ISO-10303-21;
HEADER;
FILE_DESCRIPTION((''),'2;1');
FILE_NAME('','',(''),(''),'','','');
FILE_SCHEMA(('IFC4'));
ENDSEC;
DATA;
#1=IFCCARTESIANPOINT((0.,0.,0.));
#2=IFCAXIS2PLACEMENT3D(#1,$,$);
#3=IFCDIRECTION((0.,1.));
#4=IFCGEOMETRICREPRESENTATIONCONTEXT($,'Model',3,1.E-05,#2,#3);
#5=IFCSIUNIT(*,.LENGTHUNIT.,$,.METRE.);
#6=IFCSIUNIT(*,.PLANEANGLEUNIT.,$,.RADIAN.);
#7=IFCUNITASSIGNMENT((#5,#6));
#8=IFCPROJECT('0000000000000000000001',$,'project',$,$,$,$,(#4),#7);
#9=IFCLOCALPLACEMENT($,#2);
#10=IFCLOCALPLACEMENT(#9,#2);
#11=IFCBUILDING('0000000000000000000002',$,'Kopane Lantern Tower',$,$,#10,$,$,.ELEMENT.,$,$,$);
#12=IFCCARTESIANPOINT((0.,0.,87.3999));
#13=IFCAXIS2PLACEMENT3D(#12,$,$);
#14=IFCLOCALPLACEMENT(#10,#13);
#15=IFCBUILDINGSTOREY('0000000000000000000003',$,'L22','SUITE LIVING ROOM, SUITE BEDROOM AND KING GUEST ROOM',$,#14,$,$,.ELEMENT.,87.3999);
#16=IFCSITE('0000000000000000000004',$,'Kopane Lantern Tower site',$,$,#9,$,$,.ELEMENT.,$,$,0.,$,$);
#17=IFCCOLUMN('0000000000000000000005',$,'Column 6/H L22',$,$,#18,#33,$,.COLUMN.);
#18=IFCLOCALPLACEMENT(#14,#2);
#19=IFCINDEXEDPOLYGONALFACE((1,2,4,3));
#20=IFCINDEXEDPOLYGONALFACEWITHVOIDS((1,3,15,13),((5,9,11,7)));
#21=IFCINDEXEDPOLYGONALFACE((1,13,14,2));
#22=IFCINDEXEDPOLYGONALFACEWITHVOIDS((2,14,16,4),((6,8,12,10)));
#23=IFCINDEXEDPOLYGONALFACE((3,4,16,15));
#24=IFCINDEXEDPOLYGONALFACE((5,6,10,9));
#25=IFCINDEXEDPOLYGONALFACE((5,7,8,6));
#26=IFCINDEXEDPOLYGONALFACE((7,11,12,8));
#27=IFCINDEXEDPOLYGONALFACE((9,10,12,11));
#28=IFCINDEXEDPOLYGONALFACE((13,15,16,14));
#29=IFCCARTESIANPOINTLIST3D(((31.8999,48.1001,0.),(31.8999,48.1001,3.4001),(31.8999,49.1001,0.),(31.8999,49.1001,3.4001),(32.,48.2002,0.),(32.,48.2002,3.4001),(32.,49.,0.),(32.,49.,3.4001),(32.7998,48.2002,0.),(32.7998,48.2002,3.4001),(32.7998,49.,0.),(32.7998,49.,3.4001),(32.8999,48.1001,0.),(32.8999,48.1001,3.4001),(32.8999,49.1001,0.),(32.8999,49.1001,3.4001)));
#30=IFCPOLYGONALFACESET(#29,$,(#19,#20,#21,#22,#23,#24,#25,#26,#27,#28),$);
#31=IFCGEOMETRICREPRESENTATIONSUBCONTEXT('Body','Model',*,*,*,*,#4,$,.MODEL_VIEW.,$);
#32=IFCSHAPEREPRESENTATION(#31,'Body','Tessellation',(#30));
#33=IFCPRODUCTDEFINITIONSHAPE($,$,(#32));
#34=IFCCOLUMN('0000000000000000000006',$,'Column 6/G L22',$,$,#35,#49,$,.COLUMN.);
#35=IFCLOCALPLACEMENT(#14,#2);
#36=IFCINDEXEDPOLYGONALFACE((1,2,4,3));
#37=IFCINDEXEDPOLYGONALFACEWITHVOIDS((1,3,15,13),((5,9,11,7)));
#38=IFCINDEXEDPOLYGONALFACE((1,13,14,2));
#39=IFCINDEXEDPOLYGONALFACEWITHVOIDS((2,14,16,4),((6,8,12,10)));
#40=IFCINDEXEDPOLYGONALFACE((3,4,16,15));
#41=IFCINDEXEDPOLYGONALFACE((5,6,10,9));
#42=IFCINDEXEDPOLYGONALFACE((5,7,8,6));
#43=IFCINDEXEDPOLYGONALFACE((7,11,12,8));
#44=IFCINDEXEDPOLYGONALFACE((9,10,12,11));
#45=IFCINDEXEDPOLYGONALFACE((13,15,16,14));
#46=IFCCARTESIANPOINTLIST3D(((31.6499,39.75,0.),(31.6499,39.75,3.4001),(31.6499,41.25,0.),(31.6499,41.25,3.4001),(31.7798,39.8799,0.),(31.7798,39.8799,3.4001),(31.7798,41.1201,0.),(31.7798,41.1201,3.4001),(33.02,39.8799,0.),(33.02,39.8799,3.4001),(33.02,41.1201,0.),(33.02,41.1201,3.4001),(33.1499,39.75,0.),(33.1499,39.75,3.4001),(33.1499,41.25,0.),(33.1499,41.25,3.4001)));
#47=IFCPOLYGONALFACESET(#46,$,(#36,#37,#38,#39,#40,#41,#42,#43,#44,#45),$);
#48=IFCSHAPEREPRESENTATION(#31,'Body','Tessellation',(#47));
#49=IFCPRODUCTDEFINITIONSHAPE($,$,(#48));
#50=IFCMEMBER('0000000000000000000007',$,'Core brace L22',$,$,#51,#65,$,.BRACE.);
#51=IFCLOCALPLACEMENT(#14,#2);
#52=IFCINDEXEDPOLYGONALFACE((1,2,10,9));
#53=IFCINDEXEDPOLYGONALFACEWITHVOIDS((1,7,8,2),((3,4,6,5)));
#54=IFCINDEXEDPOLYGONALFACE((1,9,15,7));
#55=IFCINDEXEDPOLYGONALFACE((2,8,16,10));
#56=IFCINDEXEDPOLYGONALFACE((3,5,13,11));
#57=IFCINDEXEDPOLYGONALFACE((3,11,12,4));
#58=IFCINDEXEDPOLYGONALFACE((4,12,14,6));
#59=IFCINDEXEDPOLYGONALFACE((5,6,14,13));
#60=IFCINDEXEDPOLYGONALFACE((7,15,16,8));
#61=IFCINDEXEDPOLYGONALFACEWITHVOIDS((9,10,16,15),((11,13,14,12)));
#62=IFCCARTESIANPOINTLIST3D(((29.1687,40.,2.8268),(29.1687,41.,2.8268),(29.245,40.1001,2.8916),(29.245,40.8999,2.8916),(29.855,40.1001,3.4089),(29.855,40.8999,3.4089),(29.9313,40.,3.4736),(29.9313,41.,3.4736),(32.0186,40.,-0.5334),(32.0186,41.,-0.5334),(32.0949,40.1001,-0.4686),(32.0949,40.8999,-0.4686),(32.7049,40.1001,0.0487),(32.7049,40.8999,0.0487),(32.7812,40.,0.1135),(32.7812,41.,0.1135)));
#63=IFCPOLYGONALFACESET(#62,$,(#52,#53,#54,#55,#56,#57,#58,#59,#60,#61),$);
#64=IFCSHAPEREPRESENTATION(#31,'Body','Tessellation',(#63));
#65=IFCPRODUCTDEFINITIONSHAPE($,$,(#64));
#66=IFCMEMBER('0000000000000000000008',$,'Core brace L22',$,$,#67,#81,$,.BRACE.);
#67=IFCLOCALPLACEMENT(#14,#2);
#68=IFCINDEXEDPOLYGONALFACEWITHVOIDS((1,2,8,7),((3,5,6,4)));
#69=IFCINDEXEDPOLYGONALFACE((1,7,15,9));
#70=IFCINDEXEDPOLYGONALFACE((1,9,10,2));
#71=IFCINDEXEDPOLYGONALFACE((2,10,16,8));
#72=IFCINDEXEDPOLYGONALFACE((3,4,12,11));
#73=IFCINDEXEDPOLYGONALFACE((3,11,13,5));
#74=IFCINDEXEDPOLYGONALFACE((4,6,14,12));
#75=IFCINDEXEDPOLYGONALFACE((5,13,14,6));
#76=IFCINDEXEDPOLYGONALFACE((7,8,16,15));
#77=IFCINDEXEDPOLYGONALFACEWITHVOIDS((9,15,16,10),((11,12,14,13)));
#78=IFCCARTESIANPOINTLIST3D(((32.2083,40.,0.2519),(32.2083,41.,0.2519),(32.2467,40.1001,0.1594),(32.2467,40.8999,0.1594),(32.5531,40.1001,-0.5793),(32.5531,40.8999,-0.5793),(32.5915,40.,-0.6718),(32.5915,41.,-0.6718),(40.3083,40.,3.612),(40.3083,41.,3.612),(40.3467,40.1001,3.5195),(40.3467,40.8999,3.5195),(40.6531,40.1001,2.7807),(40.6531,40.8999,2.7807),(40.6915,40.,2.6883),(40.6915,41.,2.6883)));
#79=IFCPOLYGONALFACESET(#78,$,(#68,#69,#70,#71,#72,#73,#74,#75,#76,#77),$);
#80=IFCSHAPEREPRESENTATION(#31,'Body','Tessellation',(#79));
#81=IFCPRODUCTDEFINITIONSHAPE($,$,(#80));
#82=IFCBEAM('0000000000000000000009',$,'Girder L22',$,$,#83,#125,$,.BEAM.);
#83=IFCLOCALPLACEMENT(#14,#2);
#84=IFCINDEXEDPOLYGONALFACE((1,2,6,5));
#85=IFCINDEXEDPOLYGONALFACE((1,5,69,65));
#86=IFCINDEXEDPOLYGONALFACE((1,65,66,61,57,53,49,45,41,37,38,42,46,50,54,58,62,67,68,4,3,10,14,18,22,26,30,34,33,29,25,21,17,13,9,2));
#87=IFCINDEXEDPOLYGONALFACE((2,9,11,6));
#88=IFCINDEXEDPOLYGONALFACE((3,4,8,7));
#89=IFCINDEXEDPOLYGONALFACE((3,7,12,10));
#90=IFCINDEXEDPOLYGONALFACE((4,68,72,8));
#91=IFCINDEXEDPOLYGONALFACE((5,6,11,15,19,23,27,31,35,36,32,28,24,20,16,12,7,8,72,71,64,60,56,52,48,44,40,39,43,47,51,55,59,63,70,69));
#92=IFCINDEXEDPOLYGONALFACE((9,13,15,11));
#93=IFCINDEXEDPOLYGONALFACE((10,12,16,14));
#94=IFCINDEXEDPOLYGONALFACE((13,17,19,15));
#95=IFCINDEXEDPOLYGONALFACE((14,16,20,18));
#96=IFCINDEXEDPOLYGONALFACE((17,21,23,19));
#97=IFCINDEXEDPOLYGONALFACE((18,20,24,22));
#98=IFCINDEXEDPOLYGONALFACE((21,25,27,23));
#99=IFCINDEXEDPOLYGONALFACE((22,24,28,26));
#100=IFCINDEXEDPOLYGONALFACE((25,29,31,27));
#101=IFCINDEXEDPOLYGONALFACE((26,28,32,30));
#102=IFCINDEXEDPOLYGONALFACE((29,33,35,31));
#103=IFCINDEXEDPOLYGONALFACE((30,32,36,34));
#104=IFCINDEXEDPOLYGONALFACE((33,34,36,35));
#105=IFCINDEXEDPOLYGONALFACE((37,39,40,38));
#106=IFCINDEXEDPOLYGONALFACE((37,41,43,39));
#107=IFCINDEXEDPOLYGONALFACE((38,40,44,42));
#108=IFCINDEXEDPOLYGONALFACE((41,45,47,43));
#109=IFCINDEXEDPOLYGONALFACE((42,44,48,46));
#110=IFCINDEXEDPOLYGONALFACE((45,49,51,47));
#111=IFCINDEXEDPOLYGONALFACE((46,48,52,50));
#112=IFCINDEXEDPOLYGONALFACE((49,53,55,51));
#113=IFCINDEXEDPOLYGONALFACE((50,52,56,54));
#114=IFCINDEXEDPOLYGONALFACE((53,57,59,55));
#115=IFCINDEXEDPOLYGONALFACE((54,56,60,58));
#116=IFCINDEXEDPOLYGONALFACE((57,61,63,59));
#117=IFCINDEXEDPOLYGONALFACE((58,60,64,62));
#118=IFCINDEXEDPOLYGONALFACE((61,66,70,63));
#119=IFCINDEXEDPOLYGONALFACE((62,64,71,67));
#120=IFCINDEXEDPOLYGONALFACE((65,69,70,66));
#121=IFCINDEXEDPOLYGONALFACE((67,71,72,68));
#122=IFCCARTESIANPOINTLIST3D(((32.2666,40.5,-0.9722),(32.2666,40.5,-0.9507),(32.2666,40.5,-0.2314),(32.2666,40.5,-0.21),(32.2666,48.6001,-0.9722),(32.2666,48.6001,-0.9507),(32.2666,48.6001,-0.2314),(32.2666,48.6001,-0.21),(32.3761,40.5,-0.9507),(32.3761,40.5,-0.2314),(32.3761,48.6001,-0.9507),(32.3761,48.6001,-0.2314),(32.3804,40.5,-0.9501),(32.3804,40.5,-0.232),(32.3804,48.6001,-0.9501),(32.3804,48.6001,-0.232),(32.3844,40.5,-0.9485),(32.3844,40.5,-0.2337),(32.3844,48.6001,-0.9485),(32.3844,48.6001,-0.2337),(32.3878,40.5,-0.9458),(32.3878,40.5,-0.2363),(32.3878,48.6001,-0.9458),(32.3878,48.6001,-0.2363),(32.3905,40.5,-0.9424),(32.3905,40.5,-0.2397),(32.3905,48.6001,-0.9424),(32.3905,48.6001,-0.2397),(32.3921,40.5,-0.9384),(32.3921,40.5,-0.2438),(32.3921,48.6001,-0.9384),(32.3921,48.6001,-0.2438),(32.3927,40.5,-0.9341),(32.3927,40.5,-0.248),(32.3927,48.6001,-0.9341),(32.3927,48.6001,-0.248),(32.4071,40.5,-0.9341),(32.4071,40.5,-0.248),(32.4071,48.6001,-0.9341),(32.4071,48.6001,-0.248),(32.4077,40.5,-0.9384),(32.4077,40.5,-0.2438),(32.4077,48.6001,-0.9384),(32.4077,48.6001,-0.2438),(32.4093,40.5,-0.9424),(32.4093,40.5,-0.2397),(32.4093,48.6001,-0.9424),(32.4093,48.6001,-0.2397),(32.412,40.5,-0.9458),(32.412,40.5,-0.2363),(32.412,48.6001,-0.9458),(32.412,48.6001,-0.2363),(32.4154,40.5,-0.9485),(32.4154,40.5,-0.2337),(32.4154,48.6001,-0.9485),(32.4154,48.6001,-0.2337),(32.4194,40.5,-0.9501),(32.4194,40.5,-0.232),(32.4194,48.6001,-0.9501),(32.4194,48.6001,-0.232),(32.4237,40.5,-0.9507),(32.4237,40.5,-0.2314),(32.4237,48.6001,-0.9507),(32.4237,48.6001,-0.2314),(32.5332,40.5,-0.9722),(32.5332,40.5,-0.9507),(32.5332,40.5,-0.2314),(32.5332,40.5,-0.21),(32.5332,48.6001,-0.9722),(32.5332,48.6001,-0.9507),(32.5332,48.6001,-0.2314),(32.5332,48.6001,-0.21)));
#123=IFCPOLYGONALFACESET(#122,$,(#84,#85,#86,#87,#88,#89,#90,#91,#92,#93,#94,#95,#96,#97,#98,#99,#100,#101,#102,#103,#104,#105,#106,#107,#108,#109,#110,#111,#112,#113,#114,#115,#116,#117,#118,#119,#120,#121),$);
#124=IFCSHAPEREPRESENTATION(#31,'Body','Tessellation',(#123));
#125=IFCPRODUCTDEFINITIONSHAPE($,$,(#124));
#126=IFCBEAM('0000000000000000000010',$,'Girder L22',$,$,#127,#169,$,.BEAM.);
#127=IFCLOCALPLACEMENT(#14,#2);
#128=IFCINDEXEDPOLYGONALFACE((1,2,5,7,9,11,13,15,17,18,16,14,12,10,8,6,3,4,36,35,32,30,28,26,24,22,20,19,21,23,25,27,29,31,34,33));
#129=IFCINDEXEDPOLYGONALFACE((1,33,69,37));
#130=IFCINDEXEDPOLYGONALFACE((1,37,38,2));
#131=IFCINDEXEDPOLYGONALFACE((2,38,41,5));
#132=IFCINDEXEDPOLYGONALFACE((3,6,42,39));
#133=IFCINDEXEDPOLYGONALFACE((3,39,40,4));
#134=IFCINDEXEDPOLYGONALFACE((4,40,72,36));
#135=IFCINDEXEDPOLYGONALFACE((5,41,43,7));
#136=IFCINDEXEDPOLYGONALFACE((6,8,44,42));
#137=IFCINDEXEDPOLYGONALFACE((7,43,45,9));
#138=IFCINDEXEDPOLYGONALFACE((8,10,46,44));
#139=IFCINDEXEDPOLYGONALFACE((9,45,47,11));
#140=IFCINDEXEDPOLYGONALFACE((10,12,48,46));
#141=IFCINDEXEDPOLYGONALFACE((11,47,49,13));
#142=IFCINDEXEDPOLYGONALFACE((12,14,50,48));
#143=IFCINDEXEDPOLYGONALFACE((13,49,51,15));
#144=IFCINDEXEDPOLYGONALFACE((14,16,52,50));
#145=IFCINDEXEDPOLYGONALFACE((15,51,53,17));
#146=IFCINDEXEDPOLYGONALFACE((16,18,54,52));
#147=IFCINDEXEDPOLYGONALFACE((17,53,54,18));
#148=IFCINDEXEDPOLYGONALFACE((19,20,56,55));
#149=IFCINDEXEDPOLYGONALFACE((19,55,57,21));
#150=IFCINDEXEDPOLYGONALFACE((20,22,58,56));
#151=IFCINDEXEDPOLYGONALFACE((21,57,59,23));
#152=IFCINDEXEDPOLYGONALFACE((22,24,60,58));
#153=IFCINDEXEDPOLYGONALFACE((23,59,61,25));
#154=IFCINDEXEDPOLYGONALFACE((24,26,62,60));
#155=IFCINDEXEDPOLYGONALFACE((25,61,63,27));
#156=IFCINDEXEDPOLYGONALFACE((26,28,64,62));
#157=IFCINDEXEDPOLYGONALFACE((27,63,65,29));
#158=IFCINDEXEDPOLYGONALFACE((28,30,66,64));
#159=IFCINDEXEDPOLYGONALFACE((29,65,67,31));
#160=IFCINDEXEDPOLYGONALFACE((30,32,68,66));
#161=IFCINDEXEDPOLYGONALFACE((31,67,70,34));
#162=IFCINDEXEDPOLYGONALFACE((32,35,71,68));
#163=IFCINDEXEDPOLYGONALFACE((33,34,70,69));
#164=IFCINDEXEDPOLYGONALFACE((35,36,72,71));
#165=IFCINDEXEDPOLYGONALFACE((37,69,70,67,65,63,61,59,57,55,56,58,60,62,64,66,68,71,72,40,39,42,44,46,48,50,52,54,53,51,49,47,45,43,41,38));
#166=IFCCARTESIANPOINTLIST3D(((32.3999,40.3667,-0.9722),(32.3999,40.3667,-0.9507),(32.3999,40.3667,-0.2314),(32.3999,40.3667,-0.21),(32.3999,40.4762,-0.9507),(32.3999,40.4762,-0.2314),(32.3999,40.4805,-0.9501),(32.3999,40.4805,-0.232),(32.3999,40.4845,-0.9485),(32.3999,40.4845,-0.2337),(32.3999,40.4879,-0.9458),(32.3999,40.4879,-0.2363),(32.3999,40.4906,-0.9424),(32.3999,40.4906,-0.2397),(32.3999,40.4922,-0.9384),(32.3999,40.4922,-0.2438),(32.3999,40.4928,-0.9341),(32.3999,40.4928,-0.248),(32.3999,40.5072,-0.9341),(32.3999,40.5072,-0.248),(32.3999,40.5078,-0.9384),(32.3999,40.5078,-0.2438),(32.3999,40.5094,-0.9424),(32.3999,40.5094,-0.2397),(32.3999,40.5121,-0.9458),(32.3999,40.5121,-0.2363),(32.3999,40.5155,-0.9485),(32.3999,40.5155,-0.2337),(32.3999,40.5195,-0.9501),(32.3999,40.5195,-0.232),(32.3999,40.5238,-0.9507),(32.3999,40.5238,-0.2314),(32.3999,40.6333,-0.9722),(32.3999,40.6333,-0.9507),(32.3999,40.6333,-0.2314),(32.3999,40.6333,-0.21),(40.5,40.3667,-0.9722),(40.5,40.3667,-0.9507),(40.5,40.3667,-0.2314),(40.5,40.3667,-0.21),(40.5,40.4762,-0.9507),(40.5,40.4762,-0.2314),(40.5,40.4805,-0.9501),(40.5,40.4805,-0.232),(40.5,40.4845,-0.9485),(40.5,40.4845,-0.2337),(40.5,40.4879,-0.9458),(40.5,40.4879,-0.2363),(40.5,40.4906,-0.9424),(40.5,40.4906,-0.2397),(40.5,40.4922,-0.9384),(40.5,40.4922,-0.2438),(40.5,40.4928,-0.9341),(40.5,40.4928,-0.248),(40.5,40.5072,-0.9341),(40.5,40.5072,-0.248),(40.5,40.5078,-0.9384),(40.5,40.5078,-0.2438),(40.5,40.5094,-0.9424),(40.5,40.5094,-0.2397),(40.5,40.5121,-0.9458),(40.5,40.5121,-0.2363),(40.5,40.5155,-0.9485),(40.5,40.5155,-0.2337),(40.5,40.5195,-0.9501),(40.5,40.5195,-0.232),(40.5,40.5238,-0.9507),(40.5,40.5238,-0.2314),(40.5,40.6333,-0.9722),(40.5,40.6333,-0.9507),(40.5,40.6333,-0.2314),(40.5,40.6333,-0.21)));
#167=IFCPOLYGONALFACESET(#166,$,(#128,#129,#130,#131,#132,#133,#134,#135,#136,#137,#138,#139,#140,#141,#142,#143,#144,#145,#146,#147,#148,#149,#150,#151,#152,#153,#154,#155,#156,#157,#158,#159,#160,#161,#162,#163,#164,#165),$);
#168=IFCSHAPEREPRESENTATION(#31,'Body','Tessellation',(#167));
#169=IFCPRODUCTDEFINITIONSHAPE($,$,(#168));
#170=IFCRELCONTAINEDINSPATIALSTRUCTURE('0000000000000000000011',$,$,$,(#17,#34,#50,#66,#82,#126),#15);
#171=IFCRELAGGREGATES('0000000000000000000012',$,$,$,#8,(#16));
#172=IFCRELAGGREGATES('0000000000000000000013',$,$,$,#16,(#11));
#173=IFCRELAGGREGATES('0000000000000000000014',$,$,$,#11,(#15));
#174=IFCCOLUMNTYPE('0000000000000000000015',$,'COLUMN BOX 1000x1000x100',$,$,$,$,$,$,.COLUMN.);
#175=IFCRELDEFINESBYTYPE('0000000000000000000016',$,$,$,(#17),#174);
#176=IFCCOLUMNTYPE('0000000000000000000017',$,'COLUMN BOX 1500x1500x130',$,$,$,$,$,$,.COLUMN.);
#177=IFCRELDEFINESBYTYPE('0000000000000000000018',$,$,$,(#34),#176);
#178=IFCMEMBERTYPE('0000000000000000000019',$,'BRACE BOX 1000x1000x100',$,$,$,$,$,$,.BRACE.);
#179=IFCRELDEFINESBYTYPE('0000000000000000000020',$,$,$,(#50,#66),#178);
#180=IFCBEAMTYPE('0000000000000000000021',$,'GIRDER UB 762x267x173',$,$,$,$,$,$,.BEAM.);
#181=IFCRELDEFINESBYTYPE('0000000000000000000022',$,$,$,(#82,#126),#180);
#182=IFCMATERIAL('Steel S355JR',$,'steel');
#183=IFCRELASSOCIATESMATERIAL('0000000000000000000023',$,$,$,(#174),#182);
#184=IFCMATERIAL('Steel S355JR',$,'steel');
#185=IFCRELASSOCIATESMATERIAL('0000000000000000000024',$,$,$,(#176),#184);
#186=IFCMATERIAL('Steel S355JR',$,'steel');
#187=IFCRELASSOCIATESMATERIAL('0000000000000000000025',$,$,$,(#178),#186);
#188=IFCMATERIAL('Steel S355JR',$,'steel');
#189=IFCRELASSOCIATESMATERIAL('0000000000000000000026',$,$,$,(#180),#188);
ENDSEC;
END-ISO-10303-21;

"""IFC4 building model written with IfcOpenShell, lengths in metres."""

from ifc_helpers import new_model, si_unit, direction, frame, origin, origin_2d, place, context, subcontext, project, spatial, hollow_rectangle, i_section, extrude, material, material_profile, profile_set, type_object, element, save


model = new_model("IFC4")

# Units and contexts
model_context = context("Model", 3, precision=1e-05, world=origin(), true_north=direction((0.0, 1.0)))
body_context = subcontext(model_context, "Body", "Model", "MODEL_VIEW")
ifc_project = project(units=[si_unit("LENGTHUNIT", "METRE"), si_unit("PLANEANGLEUNIT", "RADIAN")], contexts=[model_context])

# Site, building, storey
site_placement = place(None, origin())
site = spatial("IfcSite", under=ifc_project, at=site_placement, Name="Kopane Lantern Tower site", CompositionType="ELEMENT", RefElevation=0.0)
building_placement = place(site_placement, origin())
building = spatial("IfcBuilding", under=site, at=building_placement, Name="Kopane Lantern Tower", CompositionType="ELEMENT")
storey_placement = place(building_placement, frame((0.0, 0.0, 87.3999)))
storey = spatial("IfcBuildingStorey", under=building, at=storey_placement, Name="L22", Description="SUITE LIVING ROOM, SUITE BEDROOM AND KING GUEST ROOM", CompositionType="ELEMENT", Elevation=87.3999)

# Columns
ifc_material_1 = material(Name="Steel S355JR", Category="steel")
ifc_material_profile_1 = material_profile(ifc_material_1, hollow_rectangle(XDim=1.0, YDim=1.0, WallThickness=0.1001, at=origin_2d()), Name="BOX 1000x1000x100")
ifc_profile_set_1 = profile_set([ifc_material_profile_1], Name="Steel S355JR")
column_type_1 = type_object("IfcColumnType", Name="COLUMN BOX 1000x1000x100", PredefinedType="COLUMN", material=ifc_profile_set_1)
column_1_placement = place(storey_placement, frame((32.3999, 48.6001, 0.0), z_axis=(0.0, 0.0, 1.0), x_axis=(1.0, 0.0, 0.0)))
element("IfcColumn", 1, at=column_1_placement, inside=storey, type_object=column_type_1, Name="Column 6/H L22", PredefinedType="COLUMN", context=body_context, shape_type="SweptSolid", body=[
    extrude(hollow_rectangle(XDim=1.0, YDim=1.0, WallThickness=0.1001, at=origin_2d()), origin(), (0.0, 0.0, 1.0), 3.4001),
])
ifc_material_2 = material(Name="Steel S355JR", Category="steel")
ifc_material_profile_2 = material_profile(ifc_material_2, hollow_rectangle(XDim=1.5, YDim=1.5, WallThickness=0.1299, at=origin_2d()), Name="BOX 1500x1500x130")
ifc_profile_set_2 = profile_set([ifc_material_profile_2], Name="Steel S355JR")
column_type_2 = type_object("IfcColumnType", Name="COLUMN BOX 1500x1500x130", PredefinedType="COLUMN", material=ifc_profile_set_2)
column_2_placement = place(storey_placement, frame((32.3999, 40.5, 0.0), z_axis=(0.0, 0.0, 1.0), x_axis=(1.0, 0.0, 0.0)))
element("IfcColumn", 2, at=column_2_placement, inside=storey, type_object=column_type_2, Name="Column 6/G L22", PredefinedType="COLUMN", context=body_context, shape_type="SweptSolid", body=[
    extrude(hollow_rectangle(XDim=1.5, YDim=1.5, WallThickness=0.1299, at=origin_2d()), origin(), (0.0, 0.0, 1.0), 3.4001),
])

# Members
ifc_material_3 = material(Name="Steel S355JR", Category="steel")
ifc_material_profile_3 = material_profile(ifc_material_3, hollow_rectangle(XDim=1.0, YDim=1.0, WallThickness=0.1001, at=origin_2d()), Name="BOX 1000x1000x100")
ifc_profile_set_3 = profile_set([ifc_material_profile_3], Name="Steel S355JR")
member_type = type_object("IfcMemberType", Name="BRACE BOX 1000x1000x100", PredefinedType="BRACE", material=ifc_profile_set_3)
member_1_placement = place(storey_placement, frame((32.3999, 40.5, -0.21), z_axis=(-0.646826, 0.0, 0.762638), x_axis=(0.0, -1.0, 0.0)))
element("IfcMember", 3, at=member_1_placement, inside=storey, type_object=member_type, Name="Core brace L22", PredefinedType="BRACE", context=body_context, shape_type="SweptSolid", body=[
    extrude(hollow_rectangle(XDim=1.0, YDim=1.0, WallThickness=0.1001, at=origin_2d()), origin(), (0.0, 0.0, 1.0), 4.406),
])
member_2_placement = place(storey_placement, frame((32.3999, 40.5, -0.21), z_axis=(0.92368, 0.0, 0.383164), x_axis=(0.0, 1.0, 0.0)))
element("IfcMember", 4, at=member_2_placement, inside=storey, type_object=member_type, Name="Core brace L22", PredefinedType="BRACE", context=body_context, shape_type="SweptSolid", body=[
    extrude(hollow_rectangle(XDim=1.0, YDim=1.0, WallThickness=0.1001, at=origin_2d()), origin(), (0.0, 0.0, 1.0), 8.7693),
])

# Beams
ifc_material_4 = material(Name="Steel S355JR", Category="steel")
ifc_material_profile_4 = material_profile(ifc_material_4, i_section(OverallWidth=0.2666, OverallDepth=0.7622, WebThickness=0.0144, FlangeThickness=0.0215, FilletRadius=0.0166, at=origin_2d()), Name="UB 762x267x173")
ifc_profile_set_4 = profile_set([ifc_material_profile_4], Name="Steel S355JR")
beam_type = type_object("IfcBeamType", Name="GIRDER UB 762x267x173", PredefinedType="BEAM", material=ifc_profile_set_4)
for number, where, z_axis, x_axis, name in (
    (5, (32.3999, 40.5, -0.5911), (0.0, 1.0, 0.0), (-1.0, 0.0, 0.0), "Girder L22"),
    (6, (32.3999, 40.5, -0.5911), (1.0, 0.0, 0.0), (0.0, 1.0, 0.0), "Girder L22"),
):
    element("IfcBeam", number, at=place(storey_placement, frame(where, z_axis=z_axis, x_axis=x_axis)), inside=storey, type_object=beam_type, Name=name, PredefinedType="BEAM", context=body_context, shape_type="SweptSolid", body=[
        extrude(i_section(OverallWidth=0.2666, OverallDepth=0.7622, WebThickness=0.0144, FlangeThickness=0.0215, FilletRadius=0.0166, at=origin_2d()), origin(), (0.0, 0.0, 1.0), 8.1001),
    ])

save(model, "model.ifc")
